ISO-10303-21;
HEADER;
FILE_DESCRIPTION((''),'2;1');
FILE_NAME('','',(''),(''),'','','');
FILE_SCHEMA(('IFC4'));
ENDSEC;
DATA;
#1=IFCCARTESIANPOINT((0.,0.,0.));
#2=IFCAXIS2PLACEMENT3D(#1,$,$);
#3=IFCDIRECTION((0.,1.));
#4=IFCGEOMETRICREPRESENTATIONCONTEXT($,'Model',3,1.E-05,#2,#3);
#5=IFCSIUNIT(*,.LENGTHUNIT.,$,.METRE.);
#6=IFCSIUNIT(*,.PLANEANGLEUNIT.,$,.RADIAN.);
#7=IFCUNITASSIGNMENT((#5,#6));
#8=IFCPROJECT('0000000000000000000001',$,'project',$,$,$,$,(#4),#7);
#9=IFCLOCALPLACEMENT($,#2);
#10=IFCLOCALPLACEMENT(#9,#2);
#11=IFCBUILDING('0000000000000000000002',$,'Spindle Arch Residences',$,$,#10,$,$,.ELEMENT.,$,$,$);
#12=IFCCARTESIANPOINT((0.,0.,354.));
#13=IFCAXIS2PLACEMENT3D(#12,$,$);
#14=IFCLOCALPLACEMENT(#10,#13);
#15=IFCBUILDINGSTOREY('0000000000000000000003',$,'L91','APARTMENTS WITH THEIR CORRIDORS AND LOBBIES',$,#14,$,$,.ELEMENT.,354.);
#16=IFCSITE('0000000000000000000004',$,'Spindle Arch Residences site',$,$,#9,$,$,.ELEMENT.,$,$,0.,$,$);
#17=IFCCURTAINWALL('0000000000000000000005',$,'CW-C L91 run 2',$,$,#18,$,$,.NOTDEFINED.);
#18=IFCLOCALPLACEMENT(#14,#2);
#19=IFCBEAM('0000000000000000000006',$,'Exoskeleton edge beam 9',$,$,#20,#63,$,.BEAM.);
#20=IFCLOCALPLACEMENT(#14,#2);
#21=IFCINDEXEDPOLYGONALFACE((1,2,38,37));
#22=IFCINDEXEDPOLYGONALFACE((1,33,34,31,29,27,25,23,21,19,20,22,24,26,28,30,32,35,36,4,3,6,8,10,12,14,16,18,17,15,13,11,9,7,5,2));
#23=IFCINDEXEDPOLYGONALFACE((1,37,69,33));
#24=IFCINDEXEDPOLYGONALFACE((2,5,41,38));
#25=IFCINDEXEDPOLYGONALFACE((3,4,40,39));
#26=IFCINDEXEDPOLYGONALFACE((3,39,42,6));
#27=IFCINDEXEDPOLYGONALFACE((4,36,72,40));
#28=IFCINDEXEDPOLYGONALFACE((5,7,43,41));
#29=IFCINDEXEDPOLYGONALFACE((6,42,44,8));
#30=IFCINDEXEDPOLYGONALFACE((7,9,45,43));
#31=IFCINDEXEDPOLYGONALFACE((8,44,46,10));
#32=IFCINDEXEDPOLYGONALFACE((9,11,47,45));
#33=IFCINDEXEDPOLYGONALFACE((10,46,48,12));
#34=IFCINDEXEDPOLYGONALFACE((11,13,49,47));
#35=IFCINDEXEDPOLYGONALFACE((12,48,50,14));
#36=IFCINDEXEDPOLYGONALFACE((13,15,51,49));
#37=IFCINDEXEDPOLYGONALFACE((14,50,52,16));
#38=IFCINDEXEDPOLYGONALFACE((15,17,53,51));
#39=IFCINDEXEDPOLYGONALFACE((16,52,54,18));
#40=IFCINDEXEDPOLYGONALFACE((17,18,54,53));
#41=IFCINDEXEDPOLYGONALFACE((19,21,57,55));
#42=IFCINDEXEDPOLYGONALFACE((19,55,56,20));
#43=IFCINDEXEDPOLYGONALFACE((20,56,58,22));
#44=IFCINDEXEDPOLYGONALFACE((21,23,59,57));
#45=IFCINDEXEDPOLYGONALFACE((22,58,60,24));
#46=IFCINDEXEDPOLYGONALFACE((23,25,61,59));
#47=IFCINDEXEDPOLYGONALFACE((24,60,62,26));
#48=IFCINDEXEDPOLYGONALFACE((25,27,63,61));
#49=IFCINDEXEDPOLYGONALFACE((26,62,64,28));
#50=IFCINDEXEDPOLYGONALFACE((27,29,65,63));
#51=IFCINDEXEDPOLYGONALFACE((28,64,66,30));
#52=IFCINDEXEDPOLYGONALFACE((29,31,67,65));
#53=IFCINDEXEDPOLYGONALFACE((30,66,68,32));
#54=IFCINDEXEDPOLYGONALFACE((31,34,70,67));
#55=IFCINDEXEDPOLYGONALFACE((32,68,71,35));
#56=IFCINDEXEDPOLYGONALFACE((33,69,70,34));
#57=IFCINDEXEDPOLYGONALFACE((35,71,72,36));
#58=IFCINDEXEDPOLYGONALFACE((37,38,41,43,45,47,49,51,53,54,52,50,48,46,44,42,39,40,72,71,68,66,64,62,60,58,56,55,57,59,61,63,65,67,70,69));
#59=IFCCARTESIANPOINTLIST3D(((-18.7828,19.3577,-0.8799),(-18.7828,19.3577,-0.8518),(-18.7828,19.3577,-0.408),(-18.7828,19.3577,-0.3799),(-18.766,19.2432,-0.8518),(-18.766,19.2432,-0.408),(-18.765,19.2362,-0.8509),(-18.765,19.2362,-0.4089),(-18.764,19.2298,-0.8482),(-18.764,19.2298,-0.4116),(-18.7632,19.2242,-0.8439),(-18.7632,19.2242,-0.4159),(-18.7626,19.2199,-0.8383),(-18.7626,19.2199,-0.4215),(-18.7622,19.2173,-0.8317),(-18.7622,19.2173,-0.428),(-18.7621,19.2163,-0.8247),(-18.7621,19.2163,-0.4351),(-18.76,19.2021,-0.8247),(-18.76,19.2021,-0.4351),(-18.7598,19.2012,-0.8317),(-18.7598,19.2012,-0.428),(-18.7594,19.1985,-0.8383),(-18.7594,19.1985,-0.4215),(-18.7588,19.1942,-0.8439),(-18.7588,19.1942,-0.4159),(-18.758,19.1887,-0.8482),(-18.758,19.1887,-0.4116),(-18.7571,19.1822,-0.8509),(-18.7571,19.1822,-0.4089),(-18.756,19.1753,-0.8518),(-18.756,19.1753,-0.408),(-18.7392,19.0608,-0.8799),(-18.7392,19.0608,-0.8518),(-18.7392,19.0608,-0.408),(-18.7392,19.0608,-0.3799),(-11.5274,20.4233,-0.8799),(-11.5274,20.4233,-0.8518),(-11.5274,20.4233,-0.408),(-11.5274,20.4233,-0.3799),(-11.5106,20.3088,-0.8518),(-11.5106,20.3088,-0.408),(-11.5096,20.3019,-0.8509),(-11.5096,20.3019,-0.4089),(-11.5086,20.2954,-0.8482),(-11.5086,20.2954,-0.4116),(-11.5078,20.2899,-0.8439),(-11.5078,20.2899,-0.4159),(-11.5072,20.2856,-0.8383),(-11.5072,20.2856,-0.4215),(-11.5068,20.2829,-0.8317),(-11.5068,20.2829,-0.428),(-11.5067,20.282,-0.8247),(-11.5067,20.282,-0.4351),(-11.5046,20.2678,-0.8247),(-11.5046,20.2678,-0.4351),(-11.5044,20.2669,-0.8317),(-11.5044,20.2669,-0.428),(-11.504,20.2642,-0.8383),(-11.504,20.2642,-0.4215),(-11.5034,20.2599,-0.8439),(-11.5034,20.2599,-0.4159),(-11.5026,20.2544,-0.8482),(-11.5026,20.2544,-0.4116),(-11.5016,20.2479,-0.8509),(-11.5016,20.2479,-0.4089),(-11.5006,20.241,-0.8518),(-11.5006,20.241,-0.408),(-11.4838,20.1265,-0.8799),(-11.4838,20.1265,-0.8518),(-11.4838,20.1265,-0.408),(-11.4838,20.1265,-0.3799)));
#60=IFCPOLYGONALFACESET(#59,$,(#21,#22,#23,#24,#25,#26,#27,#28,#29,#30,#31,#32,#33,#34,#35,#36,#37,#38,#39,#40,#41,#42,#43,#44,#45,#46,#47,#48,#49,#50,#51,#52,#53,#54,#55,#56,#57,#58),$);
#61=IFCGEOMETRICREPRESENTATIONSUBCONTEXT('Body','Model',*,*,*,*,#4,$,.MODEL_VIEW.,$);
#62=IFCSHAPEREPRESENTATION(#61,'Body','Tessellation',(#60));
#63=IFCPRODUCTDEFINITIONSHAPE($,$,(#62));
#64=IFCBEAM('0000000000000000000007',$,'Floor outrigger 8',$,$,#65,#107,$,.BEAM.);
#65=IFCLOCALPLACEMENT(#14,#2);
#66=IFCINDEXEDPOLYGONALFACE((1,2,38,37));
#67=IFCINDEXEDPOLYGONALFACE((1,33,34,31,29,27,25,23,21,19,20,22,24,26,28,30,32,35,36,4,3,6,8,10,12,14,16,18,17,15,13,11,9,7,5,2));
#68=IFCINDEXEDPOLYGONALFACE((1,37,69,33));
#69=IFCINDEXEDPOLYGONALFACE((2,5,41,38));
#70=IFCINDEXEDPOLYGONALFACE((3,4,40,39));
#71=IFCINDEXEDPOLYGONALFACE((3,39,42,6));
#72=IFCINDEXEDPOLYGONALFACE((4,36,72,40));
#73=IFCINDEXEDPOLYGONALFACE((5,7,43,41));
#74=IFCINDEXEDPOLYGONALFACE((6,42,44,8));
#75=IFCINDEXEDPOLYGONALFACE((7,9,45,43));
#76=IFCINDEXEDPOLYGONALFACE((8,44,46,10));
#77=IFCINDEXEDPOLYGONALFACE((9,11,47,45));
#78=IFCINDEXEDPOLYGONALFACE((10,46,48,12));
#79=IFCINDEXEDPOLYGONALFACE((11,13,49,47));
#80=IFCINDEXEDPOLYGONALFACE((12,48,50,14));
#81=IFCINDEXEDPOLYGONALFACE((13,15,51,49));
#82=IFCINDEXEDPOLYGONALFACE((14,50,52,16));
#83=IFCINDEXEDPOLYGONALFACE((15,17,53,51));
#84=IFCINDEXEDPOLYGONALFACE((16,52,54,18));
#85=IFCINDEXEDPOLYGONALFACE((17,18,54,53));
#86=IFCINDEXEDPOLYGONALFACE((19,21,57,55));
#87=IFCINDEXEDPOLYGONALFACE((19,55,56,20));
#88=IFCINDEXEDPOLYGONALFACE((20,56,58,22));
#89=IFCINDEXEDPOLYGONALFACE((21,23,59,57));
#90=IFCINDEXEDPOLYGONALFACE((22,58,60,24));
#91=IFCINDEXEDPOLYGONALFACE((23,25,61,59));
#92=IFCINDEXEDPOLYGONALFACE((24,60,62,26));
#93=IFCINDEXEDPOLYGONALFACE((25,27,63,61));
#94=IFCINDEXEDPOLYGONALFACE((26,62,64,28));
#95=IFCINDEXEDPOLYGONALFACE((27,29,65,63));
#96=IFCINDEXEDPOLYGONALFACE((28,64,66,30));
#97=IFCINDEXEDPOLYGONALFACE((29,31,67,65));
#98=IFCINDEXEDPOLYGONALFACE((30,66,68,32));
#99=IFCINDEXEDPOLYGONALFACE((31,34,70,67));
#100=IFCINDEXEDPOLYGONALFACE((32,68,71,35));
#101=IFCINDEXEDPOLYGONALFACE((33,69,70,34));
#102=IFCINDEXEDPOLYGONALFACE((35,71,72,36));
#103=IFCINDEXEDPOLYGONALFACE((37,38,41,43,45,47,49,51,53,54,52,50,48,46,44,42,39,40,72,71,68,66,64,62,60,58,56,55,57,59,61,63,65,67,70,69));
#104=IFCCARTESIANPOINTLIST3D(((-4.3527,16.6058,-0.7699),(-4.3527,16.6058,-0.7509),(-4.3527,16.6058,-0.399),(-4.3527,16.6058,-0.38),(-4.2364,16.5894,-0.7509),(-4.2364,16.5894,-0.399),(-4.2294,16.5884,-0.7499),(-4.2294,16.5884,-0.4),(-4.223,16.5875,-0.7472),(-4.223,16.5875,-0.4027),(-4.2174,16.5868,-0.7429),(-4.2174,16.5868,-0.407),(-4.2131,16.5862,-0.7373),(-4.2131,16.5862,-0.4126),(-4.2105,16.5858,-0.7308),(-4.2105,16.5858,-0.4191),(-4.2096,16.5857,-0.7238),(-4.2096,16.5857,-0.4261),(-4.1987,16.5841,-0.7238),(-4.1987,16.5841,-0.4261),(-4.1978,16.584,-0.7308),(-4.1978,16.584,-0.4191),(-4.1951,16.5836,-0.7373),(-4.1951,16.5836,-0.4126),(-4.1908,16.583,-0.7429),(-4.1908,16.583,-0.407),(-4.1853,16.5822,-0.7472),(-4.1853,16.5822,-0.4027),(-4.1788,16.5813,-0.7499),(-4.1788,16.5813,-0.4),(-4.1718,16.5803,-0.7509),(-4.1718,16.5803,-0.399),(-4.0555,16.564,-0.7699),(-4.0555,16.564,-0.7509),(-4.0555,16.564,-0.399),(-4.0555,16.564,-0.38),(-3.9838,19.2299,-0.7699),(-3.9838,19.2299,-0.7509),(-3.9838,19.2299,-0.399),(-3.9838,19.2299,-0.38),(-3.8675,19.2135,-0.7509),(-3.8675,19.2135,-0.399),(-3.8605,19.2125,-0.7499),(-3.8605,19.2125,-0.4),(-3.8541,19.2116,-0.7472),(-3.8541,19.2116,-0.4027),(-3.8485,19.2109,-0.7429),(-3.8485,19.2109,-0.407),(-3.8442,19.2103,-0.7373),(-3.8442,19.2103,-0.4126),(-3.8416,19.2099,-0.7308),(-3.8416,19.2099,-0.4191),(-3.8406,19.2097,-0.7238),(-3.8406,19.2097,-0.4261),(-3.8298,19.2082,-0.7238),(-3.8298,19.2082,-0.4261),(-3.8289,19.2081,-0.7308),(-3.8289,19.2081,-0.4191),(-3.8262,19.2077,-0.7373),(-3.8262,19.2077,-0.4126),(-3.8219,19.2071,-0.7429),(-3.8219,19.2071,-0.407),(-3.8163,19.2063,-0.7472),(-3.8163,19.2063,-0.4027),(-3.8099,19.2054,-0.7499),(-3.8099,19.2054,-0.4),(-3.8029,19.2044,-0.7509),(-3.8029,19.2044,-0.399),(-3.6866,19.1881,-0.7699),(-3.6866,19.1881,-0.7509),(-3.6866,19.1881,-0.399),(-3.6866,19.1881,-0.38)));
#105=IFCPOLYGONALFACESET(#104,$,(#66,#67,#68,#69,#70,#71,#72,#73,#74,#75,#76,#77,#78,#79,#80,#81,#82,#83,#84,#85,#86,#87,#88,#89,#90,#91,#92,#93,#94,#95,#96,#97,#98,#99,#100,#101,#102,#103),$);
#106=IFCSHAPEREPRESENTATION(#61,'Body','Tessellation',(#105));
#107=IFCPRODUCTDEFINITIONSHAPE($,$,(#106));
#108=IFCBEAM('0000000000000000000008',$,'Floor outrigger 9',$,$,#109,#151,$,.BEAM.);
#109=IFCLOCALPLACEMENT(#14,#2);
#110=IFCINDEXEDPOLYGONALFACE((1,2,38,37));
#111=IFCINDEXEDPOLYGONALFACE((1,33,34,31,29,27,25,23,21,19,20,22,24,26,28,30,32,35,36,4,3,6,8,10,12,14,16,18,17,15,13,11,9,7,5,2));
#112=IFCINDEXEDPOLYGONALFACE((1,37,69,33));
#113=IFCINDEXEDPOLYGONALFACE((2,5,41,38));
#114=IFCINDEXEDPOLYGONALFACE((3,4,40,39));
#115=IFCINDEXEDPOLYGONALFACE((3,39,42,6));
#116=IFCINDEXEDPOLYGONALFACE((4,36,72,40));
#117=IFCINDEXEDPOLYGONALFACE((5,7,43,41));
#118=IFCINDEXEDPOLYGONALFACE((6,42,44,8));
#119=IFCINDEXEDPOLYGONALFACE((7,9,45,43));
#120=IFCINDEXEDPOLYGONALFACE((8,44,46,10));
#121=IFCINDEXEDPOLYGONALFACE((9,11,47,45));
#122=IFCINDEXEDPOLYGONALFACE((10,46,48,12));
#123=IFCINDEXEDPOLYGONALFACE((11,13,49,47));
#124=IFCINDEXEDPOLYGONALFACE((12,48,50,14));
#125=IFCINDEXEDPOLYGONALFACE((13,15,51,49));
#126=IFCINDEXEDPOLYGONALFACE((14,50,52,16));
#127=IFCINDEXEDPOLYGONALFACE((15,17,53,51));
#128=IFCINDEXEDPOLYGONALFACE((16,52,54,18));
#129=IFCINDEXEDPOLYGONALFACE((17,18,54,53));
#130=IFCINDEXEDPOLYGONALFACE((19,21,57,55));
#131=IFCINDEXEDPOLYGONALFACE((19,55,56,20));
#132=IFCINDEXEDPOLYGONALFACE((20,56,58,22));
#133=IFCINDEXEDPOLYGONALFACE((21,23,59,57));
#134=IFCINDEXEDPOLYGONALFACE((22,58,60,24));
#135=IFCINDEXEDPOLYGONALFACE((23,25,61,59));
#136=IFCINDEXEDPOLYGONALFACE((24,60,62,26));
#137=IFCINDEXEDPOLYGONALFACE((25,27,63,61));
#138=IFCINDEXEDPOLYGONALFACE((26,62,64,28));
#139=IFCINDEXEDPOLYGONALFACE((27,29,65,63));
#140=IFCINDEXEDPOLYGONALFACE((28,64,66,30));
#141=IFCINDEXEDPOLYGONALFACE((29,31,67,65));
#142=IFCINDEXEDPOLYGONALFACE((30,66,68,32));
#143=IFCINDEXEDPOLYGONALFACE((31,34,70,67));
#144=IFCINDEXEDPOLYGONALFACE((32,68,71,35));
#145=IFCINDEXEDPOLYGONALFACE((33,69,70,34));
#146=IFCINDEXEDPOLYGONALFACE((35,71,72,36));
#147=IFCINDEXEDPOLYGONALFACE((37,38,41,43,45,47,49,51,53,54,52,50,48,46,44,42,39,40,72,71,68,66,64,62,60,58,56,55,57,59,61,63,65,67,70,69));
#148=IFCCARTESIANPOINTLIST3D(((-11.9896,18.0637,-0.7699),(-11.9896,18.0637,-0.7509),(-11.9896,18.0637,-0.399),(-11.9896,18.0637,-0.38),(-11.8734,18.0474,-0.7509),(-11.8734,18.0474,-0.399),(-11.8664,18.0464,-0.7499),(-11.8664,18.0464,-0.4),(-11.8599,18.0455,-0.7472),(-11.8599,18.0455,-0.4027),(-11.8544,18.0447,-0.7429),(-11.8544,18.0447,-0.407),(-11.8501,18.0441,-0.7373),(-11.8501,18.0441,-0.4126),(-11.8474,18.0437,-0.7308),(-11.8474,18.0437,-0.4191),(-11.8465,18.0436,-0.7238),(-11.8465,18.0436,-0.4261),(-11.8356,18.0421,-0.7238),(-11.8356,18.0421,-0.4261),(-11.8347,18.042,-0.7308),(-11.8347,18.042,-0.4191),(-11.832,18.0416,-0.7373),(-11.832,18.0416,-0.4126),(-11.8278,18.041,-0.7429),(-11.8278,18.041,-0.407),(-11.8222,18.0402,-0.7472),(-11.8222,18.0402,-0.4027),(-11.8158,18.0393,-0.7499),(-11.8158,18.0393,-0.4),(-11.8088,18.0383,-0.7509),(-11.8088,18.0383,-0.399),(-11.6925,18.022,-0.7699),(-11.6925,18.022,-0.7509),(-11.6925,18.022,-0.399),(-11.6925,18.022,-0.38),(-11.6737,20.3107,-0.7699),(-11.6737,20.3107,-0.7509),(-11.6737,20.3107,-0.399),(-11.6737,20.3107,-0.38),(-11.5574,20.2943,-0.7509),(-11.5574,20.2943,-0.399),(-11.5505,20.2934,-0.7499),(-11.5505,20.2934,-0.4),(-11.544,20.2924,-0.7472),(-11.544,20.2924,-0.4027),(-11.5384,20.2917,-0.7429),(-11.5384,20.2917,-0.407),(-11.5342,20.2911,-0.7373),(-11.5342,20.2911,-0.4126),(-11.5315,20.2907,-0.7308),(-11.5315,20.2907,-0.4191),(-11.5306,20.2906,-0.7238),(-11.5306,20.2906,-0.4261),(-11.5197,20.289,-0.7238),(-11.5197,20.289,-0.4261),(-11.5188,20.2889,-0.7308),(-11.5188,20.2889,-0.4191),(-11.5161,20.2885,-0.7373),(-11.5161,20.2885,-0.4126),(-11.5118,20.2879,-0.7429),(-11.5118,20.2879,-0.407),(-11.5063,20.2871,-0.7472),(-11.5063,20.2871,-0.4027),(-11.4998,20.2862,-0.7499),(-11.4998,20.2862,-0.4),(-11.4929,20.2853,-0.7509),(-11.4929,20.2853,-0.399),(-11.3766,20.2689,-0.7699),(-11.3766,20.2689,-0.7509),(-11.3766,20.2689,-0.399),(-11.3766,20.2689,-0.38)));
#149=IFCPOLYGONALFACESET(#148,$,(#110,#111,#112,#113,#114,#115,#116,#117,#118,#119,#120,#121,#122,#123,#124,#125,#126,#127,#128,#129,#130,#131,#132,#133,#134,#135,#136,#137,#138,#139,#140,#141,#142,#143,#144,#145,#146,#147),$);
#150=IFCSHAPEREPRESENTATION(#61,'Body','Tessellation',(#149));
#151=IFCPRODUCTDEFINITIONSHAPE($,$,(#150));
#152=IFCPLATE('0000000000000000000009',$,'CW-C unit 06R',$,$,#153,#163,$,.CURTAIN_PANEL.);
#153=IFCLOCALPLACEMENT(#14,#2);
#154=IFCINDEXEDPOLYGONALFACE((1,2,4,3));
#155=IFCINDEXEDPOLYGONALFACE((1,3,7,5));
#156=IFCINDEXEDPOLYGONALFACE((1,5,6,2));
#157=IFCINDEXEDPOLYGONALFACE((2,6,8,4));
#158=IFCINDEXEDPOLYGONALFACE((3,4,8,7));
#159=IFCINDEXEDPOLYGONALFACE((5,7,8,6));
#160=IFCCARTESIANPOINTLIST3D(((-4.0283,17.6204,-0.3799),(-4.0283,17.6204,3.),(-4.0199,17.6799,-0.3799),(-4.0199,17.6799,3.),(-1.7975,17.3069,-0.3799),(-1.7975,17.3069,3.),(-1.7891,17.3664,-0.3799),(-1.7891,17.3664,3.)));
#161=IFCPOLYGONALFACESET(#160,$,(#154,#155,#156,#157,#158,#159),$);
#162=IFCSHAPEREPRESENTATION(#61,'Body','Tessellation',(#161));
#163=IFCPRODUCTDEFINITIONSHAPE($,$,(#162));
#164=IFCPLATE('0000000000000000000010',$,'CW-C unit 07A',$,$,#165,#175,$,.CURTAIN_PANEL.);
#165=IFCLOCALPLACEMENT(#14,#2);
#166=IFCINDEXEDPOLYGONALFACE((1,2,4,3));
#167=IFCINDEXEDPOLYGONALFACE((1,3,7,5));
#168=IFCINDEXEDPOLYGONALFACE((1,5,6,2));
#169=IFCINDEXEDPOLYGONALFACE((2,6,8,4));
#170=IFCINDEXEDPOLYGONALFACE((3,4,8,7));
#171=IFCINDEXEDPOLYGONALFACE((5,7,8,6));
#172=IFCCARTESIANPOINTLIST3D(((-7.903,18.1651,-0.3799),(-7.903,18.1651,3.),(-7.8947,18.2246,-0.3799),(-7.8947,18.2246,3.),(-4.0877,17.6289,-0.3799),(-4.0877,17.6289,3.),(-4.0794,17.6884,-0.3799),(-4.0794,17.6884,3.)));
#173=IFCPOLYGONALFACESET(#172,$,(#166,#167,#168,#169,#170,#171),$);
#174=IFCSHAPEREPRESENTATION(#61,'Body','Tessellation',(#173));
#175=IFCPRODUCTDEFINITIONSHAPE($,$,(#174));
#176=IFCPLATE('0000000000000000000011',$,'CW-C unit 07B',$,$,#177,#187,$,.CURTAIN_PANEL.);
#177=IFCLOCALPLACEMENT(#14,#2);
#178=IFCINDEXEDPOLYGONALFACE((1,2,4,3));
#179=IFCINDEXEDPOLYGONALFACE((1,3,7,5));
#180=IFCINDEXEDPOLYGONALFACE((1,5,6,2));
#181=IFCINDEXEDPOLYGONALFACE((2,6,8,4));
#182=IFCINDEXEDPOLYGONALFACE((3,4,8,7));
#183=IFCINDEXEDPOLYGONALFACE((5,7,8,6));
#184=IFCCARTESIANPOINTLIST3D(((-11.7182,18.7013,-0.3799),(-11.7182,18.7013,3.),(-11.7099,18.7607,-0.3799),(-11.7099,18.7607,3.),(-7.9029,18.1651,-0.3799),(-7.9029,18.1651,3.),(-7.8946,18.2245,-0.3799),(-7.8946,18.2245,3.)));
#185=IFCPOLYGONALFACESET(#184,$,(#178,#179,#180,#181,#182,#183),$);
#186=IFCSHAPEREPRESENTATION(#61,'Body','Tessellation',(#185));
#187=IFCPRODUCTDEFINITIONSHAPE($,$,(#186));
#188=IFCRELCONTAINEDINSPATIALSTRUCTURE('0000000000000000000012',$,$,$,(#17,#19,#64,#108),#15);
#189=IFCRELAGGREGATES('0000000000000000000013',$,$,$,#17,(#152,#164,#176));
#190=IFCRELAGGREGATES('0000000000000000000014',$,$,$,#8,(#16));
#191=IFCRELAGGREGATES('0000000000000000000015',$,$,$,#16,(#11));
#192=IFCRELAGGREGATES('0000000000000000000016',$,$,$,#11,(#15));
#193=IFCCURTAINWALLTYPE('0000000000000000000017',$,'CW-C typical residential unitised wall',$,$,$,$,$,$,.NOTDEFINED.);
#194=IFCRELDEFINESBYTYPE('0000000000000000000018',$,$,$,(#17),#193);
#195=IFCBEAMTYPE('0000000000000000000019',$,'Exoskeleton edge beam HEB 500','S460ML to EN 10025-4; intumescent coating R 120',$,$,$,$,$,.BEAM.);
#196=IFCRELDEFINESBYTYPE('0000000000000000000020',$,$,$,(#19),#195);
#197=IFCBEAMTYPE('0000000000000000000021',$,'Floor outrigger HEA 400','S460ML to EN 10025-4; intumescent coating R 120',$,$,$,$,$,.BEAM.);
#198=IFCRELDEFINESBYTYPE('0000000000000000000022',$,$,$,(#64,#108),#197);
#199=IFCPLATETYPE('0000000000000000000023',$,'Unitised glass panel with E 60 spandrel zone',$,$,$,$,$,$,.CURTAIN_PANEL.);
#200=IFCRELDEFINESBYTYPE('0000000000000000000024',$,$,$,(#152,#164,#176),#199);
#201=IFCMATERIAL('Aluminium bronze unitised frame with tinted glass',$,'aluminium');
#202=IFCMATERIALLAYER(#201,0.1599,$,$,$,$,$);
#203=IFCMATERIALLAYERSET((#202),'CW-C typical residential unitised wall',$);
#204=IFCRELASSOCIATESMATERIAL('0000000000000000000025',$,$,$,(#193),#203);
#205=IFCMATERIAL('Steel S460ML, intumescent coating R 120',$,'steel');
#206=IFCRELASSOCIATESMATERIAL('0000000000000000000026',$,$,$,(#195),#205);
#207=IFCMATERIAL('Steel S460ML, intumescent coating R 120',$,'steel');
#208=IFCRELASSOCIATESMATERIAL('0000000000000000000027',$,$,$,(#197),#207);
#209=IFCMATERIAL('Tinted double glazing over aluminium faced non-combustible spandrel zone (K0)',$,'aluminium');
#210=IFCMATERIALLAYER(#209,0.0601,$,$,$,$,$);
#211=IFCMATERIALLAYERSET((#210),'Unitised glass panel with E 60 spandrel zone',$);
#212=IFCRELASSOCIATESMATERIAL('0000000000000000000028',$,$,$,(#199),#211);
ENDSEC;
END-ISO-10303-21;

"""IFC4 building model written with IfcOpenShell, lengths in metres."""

from ifc_helpers import new_model, si_unit, direction, frame, origin, origin_2d, place, context, subcontext, project, spatial, rectangle, i_section, extrude, material, layer, layer_set, material_profile, profile_set, type_object, element, aggregate, save


model = new_model("IFC4")

# Units and contexts
model_context = context("Model", 3, precision=1e-05, world=origin(), true_north=direction((0.0, 1.0)))
body_context = subcontext(model_context, "Body", "Model", "MODEL_VIEW")
ifc_project = project(units=[si_unit("LENGTHUNIT", "METRE"), si_unit("PLANEANGLEUNIT", "RADIAN")], contexts=[model_context])

# Site, building, storey
site_placement = place(None, origin())
site = spatial("IfcSite", under=ifc_project, at=site_placement, Name="Spindle Arch Residences site", CompositionType="ELEMENT", RefElevation=0.0)
building_placement = place(site_placement, origin())
building = spatial("IfcBuilding", under=site, at=building_placement, Name="Spindle Arch Residences", CompositionType="ELEMENT")
storey_placement = place(building_placement, frame((0.0, 0.0, 354.0)))
storey = spatial("IfcBuildingStorey", under=building, at=storey_placement, Name="L91", Description="APARTMENTS WITH THEIR CORRIDORS AND LOBBIES", CompositionType="ELEMENT", Elevation=354.0)

# Curtain wall
ifc_material_1 = material(Name="Aluminium bronze unitised frame with tinted glass", Category="aluminium")
ifc_layer_1 = layer(ifc_material_1, 0.1599)
ifc_layer_set_1 = layer_set([ifc_layer_1], Name="CW-C typical residential unitised wall")
curtain_wall_type_1 = type_object("IfcCurtainWallType", Name="CW-C typical residential unitised wall", PredefinedType="NOTDEFINED", material=ifc_layer_set_1)
curtain_wall_1_placement = place(storey_placement, origin())
curtain_wall_1 = element("IfcCurtainWall", 1, at=curtain_wall_1_placement, inside=storey, type_object=curtain_wall_type_1, Name="CW-C L91 run 2", PredefinedType="NOTDEFINED")

# Beams
ifc_material_2 = material(Name="Steel S460ML, intumescent coating R 120", Category="steel")
ifc_material_profile_1 = material_profile(ifc_material_2, i_section(OverallWidth=0.3, OverallDepth=0.5, WebThickness=0.0144, FlangeThickness=0.0281, FilletRadius=0.0271, at=origin_2d()), Name="HEB 500")
ifc_profile_set_1 = profile_set([ifc_material_profile_1], Name="Steel S460ML, intumescent coating R 120")
beam_type_1 = type_object("IfcBeamType", Name="Exoskeleton edge beam HEB 500", Description="S460ML to EN 10025-4; intumescent coating R 120", PredefinedType="BEAM", material=ifc_profile_set_1)
beam_1_placement = place(storey_placement, frame((-11.5056, 20.2749, -0.6299), z_axis=(-0.989384, -0.145321, 0.0), x_axis=(0.145321, -0.989384, 0.0)))
element("IfcBeam", 2, at=beam_1_placement, inside=storey, type_object=beam_type_1, Name="Exoskeleton edge beam 9", PredefinedType="BEAM", context=body_context, shape_type="SweptSolid", body=[
    extrude(i_section(OverallWidth=0.3, OverallDepth=0.5, WebThickness=0.0144, FlangeThickness=0.0281, FilletRadius=0.0271, at=origin_2d()), origin(), (0.0, 0.0, 1.0), 7.3333),
])
ifc_material_3 = material(Name="Steel S460ML, intumescent coating R 120", Category="steel")
ifc_material_profile_2 = material_profile(ifc_material_3, i_section(OverallWidth=0.3, OverallDepth=0.3899, WebThickness=0.011, FlangeThickness=0.019, FilletRadius=0.0271, at=origin_2d()), Name="HEA 400")
ifc_profile_set_2 = profile_set([ifc_material_profile_2], Name="Steel S460ML, intumescent coating R 120")
beam_type_2 = type_object("IfcBeamType", Name="Floor outrigger HEA 400", Description="S460ML to EN 10025-4; intumescent coating R 120", PredefinedType="BEAM", material=ifc_profile_set_2)
beam_2_placement = place(storey_placement, frame((-3.8352, 19.209, -0.575), z_axis=(-0.139215, -0.990262, 0.0), x_axis=(0.990262, -0.139215, 0.0)))
element("IfcBeam", 3, at=beam_2_placement, inside=storey, type_object=beam_type_2, Name="Floor outrigger 8", PredefinedType="BEAM", context=body_context, shape_type="SweptSolid", body=[
    extrude(i_section(OverallWidth=0.3, OverallDepth=0.3899, WebThickness=0.011, FlangeThickness=0.019, FilletRadius=0.0271, at=origin_2d()), origin(), (0.0, 0.0, 1.0), 2.6499),
])
beam_3_placement = place(storey_placement, frame((-11.5251, 20.2898, -0.575), z_axis=(-0.139237, -0.990259, 0.0), x_axis=(0.990259, -0.139237, 0.0)))
element("IfcBeam", 4, at=beam_3_placement, inside=storey, type_object=beam_type_2, Name="Floor outrigger 9", PredefinedType="BEAM", context=body_context, shape_type="SweptSolid", body=[
    extrude(i_section(OverallWidth=0.3, OverallDepth=0.3899, WebThickness=0.011, FlangeThickness=0.019, FilletRadius=0.0271, at=origin_2d()), origin(), (0.0, 0.0, 1.0), 2.269),
])

# Plates
ifc_material_4 = material(Name="Tinted double glazing over aluminium faced non-combustible spandrel zone (K0)", Category="aluminium")
ifc_layer_2 = layer(ifc_material_4, 0.0601)
ifc_layer_set_2 = layer_set([ifc_layer_2], Name="Unitised glass panel with E 60 spandrel zone")
plate_type = type_object("IfcPlateType", Name="Unitised glass panel with E 60 spandrel zone", PredefinedType="CURTAIN_PANEL", material=ifc_layer_set_2)
plate_1_placement = place(storey_placement, frame((-2.9087, 17.4934, -0.3799), z_axis=(0.0, 0.0, 1.0), x_axis=(-0.990268, 0.139173, 0.0)))
plate_1 = element("IfcPlate", 5, at=plate_1_placement, type_object=plate_type, Name="CW-C unit 06R", PredefinedType="CURTAIN_PANEL", context=body_context, shape_type="SweptSolid", body=[
    extrude(rectangle(XDim=2.2527, YDim=0.0601, at=origin_2d()), origin(), (0.0, 0.0, 1.0), 3.3799),
])
plate_2_placement = place(storey_placement, frame((-5.9912, 17.9268, -0.3799), z_axis=(0.0, 0.0, 1.0), x_axis=(-0.990268, 0.139173, 0.0)))
plate_2 = element("IfcPlate", 6, at=plate_2_placement, type_object=plate_type, Name="CW-C unit 07A", PredefinedType="CURTAIN_PANEL", context=body_context, shape_type="SweptSolid", body=[
    extrude(rectangle(XDim=3.8528, YDim=0.0601, at=origin_2d()), origin(), (0.0, 0.0, 1.0), 3.3799),
])
plate_3_placement = place(storey_placement, frame((-9.8064, 18.4629, -0.3799), z_axis=(0.0, 0.0, 1.0), x_axis=(-0.990268, 0.139173, 0.0)))
plate_3 = element("IfcPlate", 7, at=plate_3_placement, type_object=plate_type, Name="CW-C unit 07B", PredefinedType="CURTAIN_PANEL", context=body_context, shape_type="SweptSolid", body=[
    extrude(rectangle(XDim=3.8528, YDim=0.0601, at=origin_2d()), origin(), (0.0, 0.0, 1.0), 3.3799),
])
aggregate(curtain_wall_1, [plate_1, plate_2, plate_3])

save(model, "model.ifc")
